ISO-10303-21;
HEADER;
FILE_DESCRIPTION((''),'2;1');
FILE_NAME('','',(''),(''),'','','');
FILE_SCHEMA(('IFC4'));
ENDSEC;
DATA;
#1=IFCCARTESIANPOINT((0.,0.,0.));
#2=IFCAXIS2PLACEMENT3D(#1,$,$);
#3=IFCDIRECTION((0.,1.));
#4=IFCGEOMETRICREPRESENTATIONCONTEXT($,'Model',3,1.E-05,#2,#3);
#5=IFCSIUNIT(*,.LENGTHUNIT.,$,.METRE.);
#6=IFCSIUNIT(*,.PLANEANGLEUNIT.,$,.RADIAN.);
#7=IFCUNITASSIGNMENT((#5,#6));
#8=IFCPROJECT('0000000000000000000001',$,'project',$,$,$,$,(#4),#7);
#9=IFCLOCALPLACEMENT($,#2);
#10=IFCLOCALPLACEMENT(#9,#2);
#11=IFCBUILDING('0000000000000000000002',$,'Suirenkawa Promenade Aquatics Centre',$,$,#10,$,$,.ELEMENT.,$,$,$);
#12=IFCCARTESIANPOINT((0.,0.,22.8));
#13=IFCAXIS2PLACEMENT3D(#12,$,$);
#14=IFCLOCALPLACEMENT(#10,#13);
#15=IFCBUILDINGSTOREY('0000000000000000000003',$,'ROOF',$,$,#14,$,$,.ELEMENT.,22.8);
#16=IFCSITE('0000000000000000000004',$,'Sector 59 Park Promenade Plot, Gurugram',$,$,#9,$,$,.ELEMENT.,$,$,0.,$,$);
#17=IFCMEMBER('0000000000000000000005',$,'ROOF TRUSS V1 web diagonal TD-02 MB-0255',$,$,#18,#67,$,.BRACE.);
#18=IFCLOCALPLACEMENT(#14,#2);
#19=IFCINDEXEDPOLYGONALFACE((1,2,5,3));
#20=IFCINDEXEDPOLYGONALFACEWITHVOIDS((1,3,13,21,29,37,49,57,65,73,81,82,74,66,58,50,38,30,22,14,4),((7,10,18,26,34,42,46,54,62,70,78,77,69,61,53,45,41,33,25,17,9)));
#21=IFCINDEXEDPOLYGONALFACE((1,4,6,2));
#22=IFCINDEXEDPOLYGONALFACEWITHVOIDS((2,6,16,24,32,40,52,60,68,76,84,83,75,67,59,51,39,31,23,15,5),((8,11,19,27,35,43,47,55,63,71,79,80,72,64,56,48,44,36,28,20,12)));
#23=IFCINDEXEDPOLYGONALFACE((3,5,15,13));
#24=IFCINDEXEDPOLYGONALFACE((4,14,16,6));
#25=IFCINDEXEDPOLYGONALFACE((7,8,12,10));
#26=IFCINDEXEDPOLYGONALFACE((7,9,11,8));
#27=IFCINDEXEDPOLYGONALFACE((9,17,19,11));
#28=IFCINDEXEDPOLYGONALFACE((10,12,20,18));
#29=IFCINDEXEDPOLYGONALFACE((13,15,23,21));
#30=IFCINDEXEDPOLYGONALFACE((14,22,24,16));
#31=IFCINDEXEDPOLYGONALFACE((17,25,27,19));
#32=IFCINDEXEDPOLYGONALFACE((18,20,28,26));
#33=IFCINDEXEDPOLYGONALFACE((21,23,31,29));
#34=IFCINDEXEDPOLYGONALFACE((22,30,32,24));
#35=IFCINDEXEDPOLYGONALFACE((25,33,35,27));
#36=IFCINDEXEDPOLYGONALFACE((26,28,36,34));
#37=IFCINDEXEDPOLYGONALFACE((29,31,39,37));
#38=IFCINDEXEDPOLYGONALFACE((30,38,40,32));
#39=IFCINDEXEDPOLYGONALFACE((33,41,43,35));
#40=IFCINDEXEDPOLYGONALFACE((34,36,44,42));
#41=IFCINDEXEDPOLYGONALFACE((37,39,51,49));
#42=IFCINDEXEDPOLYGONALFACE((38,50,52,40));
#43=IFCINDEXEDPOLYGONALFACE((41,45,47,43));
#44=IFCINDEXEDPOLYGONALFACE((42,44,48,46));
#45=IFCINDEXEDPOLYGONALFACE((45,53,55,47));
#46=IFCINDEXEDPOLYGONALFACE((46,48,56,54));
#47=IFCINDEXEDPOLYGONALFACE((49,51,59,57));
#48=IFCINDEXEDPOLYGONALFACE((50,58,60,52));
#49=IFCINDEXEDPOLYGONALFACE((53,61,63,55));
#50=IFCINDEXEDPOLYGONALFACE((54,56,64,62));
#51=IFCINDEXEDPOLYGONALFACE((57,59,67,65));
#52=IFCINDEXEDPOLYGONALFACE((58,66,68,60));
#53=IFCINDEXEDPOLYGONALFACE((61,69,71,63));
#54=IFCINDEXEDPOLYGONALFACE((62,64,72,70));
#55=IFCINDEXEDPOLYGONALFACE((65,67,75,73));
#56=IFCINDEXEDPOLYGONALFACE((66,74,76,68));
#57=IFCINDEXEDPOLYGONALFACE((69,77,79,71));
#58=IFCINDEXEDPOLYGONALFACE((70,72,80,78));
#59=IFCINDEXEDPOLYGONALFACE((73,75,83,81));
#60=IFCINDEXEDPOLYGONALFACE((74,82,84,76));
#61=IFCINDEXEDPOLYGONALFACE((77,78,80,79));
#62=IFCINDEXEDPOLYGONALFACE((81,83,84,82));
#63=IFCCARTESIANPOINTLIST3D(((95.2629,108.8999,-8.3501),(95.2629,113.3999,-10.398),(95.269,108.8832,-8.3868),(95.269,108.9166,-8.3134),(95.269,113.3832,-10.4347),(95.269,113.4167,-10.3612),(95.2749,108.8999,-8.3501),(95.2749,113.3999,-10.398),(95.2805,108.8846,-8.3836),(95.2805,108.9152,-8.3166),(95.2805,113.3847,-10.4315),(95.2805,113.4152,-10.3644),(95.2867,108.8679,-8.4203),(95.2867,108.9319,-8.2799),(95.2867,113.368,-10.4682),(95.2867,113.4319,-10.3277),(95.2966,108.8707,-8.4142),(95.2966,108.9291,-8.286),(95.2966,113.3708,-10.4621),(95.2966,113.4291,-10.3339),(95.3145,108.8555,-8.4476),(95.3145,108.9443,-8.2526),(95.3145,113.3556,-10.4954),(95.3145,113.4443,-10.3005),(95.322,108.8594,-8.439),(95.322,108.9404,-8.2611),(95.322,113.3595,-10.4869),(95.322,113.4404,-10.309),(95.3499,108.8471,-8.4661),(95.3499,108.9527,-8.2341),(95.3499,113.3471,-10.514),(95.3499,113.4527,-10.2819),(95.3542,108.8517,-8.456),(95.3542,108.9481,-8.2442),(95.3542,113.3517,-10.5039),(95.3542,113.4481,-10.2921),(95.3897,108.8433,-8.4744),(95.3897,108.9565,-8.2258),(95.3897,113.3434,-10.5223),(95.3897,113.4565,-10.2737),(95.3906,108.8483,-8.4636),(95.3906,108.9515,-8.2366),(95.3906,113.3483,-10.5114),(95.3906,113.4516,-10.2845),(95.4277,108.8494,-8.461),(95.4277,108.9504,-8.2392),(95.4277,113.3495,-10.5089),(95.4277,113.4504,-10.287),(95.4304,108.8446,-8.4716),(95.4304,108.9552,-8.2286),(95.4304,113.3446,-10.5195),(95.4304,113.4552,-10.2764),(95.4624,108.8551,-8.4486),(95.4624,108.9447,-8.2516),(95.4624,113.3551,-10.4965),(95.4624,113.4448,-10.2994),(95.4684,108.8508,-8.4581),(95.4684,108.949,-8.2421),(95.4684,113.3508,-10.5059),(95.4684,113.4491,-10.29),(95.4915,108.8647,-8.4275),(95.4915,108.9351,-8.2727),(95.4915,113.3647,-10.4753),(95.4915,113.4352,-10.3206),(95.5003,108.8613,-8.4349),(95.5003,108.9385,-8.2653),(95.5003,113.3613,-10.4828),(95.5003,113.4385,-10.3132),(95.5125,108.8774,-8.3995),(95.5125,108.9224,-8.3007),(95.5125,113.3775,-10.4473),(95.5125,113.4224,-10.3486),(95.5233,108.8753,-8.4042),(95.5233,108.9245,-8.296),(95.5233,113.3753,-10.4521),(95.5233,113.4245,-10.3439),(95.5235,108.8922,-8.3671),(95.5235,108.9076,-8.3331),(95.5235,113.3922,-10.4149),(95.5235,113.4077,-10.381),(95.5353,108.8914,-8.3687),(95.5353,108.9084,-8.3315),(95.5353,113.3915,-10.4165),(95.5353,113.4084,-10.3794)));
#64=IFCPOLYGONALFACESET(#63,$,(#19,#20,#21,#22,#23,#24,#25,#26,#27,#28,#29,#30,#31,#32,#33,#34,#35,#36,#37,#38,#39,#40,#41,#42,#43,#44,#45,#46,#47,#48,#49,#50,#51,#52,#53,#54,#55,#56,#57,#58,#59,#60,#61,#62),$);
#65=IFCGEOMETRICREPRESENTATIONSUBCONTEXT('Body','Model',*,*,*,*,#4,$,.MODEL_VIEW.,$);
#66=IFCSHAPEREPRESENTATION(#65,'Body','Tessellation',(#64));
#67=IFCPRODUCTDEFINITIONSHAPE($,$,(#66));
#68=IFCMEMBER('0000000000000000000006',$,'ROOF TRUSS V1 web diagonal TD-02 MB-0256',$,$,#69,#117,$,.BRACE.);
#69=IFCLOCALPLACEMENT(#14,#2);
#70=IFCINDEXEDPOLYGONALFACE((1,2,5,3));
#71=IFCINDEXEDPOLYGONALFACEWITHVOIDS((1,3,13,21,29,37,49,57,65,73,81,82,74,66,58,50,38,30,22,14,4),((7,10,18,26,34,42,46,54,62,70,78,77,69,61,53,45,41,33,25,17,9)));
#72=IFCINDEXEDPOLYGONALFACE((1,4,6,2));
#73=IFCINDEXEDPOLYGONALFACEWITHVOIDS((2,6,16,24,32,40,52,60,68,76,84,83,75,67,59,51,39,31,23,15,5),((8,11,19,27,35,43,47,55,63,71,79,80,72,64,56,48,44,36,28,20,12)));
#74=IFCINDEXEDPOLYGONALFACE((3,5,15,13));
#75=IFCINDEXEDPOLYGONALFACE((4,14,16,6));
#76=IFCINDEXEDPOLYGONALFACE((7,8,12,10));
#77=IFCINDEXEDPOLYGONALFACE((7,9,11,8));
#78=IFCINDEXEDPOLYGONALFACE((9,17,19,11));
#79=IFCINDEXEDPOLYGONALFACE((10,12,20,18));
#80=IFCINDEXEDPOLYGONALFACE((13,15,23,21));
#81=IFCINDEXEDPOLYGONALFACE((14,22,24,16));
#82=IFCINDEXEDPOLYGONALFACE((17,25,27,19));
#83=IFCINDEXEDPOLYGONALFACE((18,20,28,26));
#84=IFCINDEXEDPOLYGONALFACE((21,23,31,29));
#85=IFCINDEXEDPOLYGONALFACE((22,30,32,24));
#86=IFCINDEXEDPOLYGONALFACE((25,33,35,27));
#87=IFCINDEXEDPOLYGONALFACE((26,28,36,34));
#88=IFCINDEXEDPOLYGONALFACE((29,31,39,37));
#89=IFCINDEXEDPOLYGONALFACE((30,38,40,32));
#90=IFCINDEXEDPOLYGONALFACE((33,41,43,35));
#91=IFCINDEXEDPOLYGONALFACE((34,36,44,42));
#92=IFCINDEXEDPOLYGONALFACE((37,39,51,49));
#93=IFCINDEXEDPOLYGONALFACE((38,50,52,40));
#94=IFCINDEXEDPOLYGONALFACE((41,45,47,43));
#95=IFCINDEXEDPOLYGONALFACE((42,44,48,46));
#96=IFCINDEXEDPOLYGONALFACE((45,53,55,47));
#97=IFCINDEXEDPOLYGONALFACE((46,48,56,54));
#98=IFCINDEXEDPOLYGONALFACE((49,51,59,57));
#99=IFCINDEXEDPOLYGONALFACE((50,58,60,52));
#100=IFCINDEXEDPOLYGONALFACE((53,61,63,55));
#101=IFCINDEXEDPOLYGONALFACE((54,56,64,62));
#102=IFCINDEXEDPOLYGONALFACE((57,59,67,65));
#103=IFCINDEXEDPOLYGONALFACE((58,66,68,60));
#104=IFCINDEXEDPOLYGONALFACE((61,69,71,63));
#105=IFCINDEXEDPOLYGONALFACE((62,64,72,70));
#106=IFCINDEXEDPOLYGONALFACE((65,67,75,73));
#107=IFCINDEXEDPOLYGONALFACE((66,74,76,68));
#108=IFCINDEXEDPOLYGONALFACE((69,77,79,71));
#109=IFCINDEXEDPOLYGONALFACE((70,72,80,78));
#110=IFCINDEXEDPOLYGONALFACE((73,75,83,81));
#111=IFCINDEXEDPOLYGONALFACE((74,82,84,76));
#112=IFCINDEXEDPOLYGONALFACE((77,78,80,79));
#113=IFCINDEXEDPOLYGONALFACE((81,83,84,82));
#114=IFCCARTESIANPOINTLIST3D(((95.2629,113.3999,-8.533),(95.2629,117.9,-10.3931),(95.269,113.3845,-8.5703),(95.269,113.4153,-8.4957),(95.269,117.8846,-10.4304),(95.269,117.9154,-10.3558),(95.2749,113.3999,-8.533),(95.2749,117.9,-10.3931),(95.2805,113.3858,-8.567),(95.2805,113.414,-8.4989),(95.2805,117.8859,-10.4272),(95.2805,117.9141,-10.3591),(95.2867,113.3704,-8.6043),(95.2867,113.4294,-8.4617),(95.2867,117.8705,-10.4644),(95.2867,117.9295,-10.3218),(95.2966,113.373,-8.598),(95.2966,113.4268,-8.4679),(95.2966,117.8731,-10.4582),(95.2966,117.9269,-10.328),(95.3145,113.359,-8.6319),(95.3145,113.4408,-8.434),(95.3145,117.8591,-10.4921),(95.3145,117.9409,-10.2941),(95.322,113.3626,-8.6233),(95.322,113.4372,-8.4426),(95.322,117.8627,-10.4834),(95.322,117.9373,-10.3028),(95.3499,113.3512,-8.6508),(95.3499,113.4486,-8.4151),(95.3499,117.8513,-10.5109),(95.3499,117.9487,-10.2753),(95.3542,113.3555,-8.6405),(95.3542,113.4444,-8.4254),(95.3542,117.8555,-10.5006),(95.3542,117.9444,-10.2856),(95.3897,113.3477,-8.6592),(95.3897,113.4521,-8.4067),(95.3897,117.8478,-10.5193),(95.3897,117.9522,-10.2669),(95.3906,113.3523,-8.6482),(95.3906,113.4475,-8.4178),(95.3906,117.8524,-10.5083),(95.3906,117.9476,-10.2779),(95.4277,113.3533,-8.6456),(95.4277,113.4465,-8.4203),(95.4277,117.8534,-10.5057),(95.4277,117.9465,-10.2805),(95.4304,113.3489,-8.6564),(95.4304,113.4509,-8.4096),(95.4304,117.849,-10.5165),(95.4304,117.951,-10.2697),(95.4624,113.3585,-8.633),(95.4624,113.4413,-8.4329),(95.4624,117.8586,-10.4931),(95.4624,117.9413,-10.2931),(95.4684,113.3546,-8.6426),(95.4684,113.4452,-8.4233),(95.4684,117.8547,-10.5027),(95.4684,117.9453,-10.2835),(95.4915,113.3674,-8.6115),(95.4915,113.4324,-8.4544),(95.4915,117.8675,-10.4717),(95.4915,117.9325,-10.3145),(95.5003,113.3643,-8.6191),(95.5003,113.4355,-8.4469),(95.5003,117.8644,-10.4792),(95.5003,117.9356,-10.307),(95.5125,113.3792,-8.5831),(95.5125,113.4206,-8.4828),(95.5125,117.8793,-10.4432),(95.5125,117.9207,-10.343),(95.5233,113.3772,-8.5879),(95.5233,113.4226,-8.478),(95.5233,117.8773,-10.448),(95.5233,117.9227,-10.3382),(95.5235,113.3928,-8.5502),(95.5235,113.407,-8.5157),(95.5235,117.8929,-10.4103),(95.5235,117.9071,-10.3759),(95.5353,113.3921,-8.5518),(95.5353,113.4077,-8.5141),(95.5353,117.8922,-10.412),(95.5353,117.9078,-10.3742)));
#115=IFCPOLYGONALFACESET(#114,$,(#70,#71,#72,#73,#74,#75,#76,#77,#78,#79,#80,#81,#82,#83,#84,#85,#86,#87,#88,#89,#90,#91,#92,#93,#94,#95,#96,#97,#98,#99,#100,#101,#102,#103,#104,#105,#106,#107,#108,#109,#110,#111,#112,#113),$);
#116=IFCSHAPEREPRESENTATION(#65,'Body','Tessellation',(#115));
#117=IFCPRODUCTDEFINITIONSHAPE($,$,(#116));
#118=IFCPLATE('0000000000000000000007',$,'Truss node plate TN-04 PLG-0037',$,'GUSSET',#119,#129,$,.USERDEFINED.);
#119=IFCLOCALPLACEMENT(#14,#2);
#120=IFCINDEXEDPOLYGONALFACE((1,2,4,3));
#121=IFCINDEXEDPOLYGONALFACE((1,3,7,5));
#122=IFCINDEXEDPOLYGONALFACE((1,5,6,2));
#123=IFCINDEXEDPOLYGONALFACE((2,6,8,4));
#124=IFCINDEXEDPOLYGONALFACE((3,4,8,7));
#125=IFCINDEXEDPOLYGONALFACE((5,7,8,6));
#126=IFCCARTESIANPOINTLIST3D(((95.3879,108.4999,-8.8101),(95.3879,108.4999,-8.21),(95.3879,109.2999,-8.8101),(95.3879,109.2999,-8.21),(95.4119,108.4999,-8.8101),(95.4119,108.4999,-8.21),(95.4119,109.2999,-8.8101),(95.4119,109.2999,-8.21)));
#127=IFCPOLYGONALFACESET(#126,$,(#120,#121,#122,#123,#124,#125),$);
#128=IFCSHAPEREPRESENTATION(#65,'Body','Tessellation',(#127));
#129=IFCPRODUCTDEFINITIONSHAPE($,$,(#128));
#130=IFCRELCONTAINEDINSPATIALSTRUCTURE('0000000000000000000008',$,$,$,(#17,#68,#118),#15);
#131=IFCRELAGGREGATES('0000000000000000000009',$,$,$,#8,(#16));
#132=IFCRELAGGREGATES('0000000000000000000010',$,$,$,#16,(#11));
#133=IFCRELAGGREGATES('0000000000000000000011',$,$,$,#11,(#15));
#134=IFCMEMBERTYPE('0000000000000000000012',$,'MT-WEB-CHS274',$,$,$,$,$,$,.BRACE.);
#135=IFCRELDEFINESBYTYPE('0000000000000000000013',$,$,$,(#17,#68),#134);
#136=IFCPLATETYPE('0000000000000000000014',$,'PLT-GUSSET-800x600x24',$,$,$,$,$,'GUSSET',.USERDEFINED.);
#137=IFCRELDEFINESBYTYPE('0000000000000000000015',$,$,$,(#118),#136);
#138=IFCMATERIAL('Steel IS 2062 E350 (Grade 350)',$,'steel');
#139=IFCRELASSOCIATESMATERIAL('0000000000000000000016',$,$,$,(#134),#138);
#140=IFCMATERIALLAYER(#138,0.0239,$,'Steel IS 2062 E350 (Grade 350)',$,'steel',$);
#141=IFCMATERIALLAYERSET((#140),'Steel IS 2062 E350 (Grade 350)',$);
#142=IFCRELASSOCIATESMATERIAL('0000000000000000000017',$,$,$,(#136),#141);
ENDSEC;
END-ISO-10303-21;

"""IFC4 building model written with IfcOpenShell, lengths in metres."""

from ifc_helpers import new_model, si_unit, direction, frame, origin, origin_2d, place, context, subcontext, project, spatial, rectangle, hollow_circle, extrude, material, layer, layer_set, material_profile, profile_set, type_object, element, save


model = new_model("IFC4")

# Units and contexts
model_context = context("Model", 3, precision=1e-05, world=origin(), true_north=direction((0.0, 1.0)))
body_context = subcontext(model_context, "Body", "Model", "MODEL_VIEW")
ifc_project = project(units=[si_unit("LENGTHUNIT", "METRE"), si_unit("PLANEANGLEUNIT", "RADIAN")], contexts=[model_context])

# Site, building, storey
site_placement = place(None, origin())
site = spatial("IfcSite", under=ifc_project, at=site_placement, Name="Sector 59 Park Promenade Plot, Gurugram", CompositionType="ELEMENT", RefElevation=0.0)
building_placement = place(site_placement, origin())
building = spatial("IfcBuilding", under=site, at=building_placement, Name="Suirenkawa Promenade Aquatics Centre", CompositionType="ELEMENT")
storey_placement = place(building_placement, frame((0.0, 0.0, 22.8)))
storey = spatial("IfcBuildingStorey", under=building, at=storey_placement, Name="ROOF", CompositionType="ELEMENT", Elevation=22.8)

# Shared definitions
ifc_material = material(Name="Steel IS 2062 E350 (Grade 350)", Category="steel")

# Members
ifc_material_profile_1 = material_profile(ifc_material, hollow_circle(Radius=0.137, WallThickness=0.012, at=origin_2d()), Name="CHS 274x12", Category="steel")
ifc_profile_set_1 = profile_set([ifc_material_profile_1], Name="Steel IS 2062 E350 (Grade 350)")
member_type_1 = type_object("IfcMemberType", Name="MT-WEB-CHS274", PredefinedType="BRACE", material=ifc_profile_set_1)
member_1_placement = place(storey_placement, frame((95.3999, 108.8999, -8.3501), z_axis=(0.0, 0.910184, -0.414205), x_axis=(-1.0, 0.0, 0.0)))
element("IfcMember", 1, at=member_1_placement, inside=storey, type_object=member_type_1, Name="ROOF TRUSS V1 web diagonal TD-02 MB-0255", PredefinedType="BRACE", context=body_context, shape_type="SweptSolid", body=[
    extrude(hollow_circle(Radius=0.137, WallThickness=0.012, at=origin_2d()), origin(), (0.0, 0.0, 1.0), 4.9441),
])
member_2_placement = place(storey_placement, frame((95.3999, 113.3999, -8.533), z_axis=(0.0, 0.924159, -0.382008), x_axis=(-1.0, 0.0, 0.0)))
element("IfcMember", 2, at=member_2_placement, inside=storey, type_object=member_type_1, Name="ROOF TRUSS V1 web diagonal TD-02 MB-0256", PredefinedType="BRACE", context=body_context, shape_type="SweptSolid", body=[
    extrude(hollow_circle(Radius=0.137, WallThickness=0.012, at=origin_2d()), origin(), (0.0, 0.0, 1.0), 4.8694),
])

# Plate
ifc_layer = layer(ifc_material, 0.0239, Name="Steel IS 2062 E350 (Grade 350)", Category="steel")
ifc_layer_set = layer_set([ifc_layer], Name="Steel IS 2062 E350 (Grade 350)")
plate_type = type_object("IfcPlateType", Name="PLT-GUSSET-800x600x24", ElementType="GUSSET", PredefinedType="USERDEFINED", material=ifc_layer_set)
plate_placement = place(storey_placement, frame((95.3999, 108.8999, -8.8101), z_axis=(0.0, 0.0, 1.0), x_axis=(0.0, 1.0, 0.0)))
element("IfcPlate", 3, at=plate_placement, inside=storey, type_object=plate_type, Name="Truss node plate TN-04 PLG-0037", ObjectType="GUSSET", PredefinedType="USERDEFINED", context=body_context, shape_type="SweptSolid", body=[
    extrude(rectangle(XDim=0.8, YDim=0.0239, at=origin_2d()), origin(), (0.0, 0.0, 1.0), 0.6001),
])

save(model, "model.ifc")
